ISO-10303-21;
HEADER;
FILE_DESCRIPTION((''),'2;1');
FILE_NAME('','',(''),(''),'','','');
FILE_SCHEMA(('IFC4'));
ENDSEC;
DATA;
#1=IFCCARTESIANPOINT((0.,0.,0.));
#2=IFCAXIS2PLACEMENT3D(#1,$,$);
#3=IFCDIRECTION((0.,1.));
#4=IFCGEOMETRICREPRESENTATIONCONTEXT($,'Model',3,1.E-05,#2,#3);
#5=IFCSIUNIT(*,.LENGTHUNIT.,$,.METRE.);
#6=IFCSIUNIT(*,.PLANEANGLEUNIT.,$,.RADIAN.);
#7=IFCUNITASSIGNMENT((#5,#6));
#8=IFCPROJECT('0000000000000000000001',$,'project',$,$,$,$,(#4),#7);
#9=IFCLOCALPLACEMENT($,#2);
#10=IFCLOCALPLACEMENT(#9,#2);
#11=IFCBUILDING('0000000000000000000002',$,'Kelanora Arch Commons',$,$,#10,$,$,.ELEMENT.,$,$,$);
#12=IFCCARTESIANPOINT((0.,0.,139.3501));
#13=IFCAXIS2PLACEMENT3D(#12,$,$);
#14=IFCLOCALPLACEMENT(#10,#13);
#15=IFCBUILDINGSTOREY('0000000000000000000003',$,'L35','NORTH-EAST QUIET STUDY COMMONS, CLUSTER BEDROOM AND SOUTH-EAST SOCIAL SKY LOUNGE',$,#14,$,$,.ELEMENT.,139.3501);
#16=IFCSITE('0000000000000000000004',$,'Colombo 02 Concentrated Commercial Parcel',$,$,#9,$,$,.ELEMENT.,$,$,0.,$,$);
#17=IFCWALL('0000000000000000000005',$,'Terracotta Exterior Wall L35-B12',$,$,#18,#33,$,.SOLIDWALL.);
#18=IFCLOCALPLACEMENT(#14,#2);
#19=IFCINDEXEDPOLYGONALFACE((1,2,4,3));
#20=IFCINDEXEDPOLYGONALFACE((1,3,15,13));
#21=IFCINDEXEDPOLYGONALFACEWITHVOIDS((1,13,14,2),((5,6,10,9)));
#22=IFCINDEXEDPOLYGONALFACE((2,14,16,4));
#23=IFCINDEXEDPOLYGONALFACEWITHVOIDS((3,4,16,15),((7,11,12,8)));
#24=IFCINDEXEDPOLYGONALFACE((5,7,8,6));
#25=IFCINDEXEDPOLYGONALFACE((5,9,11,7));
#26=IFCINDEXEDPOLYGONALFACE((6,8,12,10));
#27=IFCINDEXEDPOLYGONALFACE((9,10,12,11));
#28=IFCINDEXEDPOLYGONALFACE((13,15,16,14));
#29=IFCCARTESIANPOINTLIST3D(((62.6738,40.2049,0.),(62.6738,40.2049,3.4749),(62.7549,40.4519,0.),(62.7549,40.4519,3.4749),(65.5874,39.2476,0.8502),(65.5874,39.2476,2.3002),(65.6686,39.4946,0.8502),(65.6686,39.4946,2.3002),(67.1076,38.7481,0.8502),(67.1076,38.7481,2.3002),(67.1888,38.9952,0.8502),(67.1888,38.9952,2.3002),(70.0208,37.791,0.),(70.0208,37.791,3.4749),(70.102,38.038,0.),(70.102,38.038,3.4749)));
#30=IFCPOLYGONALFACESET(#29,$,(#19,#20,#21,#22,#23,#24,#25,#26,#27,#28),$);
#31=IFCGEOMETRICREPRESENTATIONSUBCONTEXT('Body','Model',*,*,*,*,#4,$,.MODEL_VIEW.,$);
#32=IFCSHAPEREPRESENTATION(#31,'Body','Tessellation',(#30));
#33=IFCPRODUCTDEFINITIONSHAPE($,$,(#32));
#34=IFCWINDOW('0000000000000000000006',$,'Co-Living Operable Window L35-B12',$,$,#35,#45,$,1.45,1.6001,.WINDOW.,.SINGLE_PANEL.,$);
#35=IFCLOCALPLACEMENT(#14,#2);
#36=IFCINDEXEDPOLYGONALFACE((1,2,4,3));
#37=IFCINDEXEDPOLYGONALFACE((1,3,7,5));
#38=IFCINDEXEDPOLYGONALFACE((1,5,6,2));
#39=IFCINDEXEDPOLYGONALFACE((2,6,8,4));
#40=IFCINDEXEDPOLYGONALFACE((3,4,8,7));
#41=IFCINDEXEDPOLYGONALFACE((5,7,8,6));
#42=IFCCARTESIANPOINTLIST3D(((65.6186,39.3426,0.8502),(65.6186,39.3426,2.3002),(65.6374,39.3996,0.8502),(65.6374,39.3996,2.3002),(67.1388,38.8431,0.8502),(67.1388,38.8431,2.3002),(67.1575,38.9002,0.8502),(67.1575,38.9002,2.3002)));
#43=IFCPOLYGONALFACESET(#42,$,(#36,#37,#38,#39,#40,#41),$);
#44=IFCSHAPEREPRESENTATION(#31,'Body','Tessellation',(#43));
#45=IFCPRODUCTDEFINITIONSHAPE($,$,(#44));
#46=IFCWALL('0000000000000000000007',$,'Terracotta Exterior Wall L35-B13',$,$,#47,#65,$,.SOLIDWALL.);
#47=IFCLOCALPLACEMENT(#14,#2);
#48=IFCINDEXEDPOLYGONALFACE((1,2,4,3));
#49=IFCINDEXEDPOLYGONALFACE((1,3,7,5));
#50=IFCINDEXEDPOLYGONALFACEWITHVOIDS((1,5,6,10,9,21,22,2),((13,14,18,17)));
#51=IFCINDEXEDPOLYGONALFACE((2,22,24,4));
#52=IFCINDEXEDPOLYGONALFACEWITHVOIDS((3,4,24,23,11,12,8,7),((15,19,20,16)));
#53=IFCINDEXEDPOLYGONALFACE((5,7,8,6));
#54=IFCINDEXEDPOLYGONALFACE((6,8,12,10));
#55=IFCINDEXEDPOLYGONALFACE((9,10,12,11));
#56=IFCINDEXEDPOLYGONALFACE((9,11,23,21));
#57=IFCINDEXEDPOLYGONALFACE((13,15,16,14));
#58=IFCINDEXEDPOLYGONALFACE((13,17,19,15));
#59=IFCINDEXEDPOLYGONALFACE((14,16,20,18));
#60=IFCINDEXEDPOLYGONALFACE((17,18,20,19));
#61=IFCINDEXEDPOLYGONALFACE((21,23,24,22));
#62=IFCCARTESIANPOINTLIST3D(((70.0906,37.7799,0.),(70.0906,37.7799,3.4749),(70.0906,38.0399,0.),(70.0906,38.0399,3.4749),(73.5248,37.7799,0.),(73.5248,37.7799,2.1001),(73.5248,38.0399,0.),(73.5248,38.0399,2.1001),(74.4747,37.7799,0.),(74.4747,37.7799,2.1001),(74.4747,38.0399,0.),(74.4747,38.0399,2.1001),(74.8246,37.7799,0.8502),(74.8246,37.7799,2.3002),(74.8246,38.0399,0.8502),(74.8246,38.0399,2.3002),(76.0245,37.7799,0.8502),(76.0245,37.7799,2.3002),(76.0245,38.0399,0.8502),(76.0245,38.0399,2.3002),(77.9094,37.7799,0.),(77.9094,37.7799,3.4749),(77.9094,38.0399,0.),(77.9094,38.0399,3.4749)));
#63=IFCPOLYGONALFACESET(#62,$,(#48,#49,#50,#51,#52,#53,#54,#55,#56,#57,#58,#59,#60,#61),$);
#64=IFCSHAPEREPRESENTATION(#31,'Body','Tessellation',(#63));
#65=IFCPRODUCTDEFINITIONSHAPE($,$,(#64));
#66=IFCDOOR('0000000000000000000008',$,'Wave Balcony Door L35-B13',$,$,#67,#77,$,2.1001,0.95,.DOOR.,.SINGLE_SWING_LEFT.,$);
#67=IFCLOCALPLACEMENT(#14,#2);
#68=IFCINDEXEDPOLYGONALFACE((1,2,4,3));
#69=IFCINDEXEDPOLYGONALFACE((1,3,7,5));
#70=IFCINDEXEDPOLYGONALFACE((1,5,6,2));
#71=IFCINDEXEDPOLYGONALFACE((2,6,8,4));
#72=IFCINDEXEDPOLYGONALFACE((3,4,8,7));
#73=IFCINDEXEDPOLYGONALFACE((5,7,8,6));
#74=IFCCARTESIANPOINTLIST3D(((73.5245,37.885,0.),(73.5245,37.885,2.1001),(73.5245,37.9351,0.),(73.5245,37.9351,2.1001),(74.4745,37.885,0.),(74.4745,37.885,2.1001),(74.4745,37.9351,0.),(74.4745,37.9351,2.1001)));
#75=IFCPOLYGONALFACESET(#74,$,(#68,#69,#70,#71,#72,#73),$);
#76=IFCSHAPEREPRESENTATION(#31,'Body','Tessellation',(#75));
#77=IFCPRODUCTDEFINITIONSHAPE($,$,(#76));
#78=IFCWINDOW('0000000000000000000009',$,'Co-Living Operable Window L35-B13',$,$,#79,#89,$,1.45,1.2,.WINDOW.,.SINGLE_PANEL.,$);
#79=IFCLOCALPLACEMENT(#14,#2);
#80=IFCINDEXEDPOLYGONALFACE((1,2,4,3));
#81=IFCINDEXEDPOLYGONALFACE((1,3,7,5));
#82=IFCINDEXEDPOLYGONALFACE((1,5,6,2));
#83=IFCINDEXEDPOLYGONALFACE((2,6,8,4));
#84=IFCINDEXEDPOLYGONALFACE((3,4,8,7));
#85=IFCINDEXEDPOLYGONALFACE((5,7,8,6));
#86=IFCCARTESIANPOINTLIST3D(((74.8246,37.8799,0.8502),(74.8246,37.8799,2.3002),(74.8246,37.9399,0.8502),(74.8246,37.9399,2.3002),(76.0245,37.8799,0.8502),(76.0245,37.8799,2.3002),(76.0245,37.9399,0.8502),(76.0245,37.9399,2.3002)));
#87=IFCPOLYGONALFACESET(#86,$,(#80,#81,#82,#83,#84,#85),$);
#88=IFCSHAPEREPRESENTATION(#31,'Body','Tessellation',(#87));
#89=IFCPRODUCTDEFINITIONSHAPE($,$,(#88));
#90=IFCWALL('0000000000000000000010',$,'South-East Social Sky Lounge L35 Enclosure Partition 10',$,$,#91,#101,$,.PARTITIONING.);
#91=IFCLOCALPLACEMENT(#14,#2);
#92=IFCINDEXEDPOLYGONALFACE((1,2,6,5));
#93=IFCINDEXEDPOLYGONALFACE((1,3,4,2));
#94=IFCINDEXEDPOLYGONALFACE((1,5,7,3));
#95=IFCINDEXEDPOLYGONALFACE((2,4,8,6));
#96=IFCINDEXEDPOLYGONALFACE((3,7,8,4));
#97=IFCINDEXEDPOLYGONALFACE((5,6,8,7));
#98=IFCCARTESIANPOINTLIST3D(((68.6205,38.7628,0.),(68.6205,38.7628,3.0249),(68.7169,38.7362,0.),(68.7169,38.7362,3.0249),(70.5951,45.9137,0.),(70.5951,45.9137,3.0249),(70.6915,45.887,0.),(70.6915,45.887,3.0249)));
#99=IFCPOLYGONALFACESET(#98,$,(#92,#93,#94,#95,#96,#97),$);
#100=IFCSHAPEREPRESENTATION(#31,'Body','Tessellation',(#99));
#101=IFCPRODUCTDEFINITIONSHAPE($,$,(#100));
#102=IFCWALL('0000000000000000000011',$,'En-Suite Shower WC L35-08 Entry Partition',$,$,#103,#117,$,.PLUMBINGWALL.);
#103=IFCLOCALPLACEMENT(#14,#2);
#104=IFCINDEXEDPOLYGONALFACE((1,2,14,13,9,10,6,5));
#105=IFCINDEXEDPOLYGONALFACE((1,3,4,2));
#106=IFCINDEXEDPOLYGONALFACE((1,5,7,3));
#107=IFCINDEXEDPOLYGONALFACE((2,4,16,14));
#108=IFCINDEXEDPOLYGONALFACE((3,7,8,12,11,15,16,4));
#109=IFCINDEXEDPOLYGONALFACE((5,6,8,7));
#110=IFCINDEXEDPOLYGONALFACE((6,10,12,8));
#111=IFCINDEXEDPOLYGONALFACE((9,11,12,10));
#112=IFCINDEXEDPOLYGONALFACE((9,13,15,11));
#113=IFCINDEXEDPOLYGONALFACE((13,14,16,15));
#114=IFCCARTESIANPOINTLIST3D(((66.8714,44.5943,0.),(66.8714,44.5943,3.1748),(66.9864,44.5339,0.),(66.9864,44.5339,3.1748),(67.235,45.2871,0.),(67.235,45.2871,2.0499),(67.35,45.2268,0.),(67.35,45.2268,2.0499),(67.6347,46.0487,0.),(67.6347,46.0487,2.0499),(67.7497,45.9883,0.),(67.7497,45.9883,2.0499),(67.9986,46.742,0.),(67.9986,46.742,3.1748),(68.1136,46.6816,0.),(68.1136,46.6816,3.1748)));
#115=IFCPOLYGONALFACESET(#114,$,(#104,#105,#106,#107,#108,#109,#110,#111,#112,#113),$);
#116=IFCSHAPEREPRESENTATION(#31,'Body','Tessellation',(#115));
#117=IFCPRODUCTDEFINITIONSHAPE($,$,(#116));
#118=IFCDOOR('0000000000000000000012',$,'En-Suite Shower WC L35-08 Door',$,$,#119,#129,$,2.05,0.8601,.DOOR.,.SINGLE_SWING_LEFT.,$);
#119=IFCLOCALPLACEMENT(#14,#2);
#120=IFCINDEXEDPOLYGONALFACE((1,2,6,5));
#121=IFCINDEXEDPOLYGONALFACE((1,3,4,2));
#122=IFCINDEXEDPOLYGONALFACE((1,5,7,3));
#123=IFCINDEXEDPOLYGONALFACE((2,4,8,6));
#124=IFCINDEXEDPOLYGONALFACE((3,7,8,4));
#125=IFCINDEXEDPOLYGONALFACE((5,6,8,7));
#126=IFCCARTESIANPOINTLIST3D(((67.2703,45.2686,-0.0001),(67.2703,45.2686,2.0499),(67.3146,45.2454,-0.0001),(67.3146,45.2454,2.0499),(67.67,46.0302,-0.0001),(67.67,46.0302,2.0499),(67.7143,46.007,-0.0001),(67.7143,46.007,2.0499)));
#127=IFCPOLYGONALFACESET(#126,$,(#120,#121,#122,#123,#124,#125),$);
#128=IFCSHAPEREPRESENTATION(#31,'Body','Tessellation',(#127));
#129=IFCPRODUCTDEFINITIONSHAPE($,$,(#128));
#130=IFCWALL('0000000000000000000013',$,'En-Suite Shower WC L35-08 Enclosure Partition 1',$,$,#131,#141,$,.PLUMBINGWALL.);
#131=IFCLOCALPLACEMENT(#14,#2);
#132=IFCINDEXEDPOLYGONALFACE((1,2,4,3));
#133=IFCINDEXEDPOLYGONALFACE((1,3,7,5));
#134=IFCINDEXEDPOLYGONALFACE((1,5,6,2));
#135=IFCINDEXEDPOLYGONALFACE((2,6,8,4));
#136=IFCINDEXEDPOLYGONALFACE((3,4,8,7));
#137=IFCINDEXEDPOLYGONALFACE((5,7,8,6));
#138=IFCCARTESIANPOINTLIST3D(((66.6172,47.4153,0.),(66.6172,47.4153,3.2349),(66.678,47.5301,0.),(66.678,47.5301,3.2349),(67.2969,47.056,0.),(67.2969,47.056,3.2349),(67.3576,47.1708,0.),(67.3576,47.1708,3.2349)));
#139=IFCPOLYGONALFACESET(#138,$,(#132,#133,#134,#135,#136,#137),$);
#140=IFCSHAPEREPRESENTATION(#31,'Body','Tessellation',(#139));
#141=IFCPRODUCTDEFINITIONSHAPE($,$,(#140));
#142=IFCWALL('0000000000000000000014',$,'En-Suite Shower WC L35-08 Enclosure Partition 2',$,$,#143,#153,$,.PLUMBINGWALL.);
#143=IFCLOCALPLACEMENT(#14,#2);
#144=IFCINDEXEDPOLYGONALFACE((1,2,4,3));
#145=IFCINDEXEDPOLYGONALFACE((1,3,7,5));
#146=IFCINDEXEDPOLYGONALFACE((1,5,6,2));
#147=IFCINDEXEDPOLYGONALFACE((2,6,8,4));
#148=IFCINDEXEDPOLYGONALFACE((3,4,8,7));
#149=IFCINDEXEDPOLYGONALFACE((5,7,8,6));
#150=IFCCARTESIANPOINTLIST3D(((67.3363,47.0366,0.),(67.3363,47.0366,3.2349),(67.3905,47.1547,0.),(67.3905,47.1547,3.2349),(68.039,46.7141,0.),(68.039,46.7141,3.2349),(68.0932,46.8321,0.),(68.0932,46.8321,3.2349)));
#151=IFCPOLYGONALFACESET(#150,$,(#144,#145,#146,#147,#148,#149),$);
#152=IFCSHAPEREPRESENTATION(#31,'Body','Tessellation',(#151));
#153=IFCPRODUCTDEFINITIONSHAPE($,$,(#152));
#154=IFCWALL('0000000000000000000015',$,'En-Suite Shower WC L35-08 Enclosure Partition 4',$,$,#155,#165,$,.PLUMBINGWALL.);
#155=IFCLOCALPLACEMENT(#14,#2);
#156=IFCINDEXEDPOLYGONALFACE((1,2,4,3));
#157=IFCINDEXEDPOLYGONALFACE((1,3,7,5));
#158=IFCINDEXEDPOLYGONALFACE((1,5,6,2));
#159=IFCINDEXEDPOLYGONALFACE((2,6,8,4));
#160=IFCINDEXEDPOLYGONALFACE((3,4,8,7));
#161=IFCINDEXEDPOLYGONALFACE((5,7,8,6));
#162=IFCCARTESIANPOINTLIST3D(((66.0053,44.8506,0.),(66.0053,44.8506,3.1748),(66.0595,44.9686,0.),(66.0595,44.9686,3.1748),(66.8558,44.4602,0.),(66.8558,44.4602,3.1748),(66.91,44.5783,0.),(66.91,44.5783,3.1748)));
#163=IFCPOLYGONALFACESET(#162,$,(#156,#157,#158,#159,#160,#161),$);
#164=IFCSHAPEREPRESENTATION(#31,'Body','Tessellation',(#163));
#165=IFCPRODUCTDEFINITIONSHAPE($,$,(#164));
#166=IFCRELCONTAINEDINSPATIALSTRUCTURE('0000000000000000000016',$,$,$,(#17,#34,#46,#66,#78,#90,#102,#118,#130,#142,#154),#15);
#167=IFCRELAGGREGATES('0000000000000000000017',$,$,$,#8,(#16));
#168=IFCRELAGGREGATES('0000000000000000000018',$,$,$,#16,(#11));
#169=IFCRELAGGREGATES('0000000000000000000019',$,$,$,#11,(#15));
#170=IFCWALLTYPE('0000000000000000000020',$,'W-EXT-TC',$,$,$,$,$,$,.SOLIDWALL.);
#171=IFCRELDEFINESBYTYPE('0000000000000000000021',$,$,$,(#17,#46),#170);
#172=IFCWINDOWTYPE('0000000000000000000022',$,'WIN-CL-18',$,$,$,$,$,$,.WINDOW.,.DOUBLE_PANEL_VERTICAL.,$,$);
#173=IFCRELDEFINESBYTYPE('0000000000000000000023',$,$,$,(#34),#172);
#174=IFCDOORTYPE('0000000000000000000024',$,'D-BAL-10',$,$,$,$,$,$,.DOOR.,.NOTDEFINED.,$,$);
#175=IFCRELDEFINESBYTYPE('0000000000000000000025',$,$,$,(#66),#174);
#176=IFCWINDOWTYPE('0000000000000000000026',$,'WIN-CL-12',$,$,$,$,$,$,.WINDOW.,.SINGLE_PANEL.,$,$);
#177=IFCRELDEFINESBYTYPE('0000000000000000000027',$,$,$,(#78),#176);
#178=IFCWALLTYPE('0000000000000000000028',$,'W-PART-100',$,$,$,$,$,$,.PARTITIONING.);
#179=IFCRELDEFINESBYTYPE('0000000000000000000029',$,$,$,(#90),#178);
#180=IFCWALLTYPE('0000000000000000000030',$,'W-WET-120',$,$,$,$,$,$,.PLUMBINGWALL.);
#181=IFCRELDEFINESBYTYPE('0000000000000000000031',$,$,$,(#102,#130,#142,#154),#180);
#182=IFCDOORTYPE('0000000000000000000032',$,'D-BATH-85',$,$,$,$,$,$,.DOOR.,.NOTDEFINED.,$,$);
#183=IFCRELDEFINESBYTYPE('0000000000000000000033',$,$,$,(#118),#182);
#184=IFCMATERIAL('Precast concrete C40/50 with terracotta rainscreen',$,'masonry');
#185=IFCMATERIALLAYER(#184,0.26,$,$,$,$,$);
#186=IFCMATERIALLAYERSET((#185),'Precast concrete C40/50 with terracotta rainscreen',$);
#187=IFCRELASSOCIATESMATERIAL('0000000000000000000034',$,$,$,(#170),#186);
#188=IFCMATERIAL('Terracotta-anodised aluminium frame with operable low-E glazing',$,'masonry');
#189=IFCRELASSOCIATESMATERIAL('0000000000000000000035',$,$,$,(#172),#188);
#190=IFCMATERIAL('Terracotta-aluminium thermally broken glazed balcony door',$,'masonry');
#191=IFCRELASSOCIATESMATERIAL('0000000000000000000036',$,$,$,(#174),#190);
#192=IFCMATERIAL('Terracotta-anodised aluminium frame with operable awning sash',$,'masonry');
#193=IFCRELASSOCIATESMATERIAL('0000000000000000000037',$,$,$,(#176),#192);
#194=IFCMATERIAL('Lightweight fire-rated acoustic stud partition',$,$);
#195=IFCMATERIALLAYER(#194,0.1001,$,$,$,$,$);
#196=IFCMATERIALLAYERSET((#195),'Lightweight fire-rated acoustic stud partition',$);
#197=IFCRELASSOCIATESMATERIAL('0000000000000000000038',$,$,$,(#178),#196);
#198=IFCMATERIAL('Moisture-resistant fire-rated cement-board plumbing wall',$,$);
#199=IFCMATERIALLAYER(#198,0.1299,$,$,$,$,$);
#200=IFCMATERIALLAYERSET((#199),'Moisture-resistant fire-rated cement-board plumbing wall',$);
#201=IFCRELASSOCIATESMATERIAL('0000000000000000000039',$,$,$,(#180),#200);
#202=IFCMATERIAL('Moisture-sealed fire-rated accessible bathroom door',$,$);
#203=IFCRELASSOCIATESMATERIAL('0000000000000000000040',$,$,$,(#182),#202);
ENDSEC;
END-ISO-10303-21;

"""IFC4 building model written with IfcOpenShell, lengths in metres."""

from ifc_helpers import new_model, si_unit, direction, frame, frame_2d, origin, place, context, subcontext, project, spatial, rectangle, extrude, material, layer, layer_set, type_object, element, fill, save


model = new_model("IFC4")

# Units and contexts
model_context = context("Model", 3, precision=1e-05, world=origin(), true_north=direction((0.0, 1.0)))
body_context = subcontext(model_context, "Body", "Model", "MODEL_VIEW")
ifc_project = project(units=[si_unit("LENGTHUNIT", "METRE"), si_unit("PLANEANGLEUNIT", "RADIAN")], contexts=[model_context])

# Site, building, storey
site_placement = place(None, origin())
site = spatial("IfcSite", under=ifc_project, at=site_placement, Name="Colombo 02 Concentrated Commercial Parcel", CompositionType="ELEMENT", RefElevation=0.0)
building_placement = place(site_placement, origin())
building = spatial("IfcBuilding", under=site, at=building_placement, Name="Kelanora Arch Commons", CompositionType="ELEMENT")
storey_placement = place(building_placement, frame((0.0, 0.0, 139.3501)))
storey = spatial("IfcBuildingStorey", under=building, at=storey_placement, Name="L35", Description="NORTH-EAST QUIET STUDY COMMONS, CLUSTER BEDROOM AND SOUTH-EAST SOCIAL SKY LOUNGE", CompositionType="ELEMENT", Elevation=139.3501)

# Wall, opening, window
ifc_material_1 = material(Name="Precast concrete C40/50 with terracotta rainscreen", Category="masonry")
ifc_layer_1 = layer(ifc_material_1, 0.26)
ifc_layer_set_1 = layer_set([ifc_layer_1], Name="Precast concrete C40/50 with terracotta rainscreen")
wall_type_1 = type_object("IfcWallType", Name="W-EXT-TC", PredefinedType="SOLIDWALL", material=ifc_layer_set_1)
wall_1_placement = place(storey_placement, frame((62.7144, 40.3284, 0.0), z_axis=(0.0, 0.0, 1.0), x_axis=(0.950038, -0.312133, 0.0)))
wall_1 = element("IfcWall", 1, at=wall_1_placement, inside=storey, type_object=wall_type_1, Name="Terracotta Exterior Wall L35-B12", PredefinedType="SOLIDWALL", context=body_context, shape_type="SweptSolid", body=[
    extrude(rectangle(XDim=7.7334, YDim=0.26, at=frame_2d((3.8667, 0.0))), origin(), (0.0, 0.0, 1.0), 3.4749),
])
opening_1_placement = place(wall_1_placement, frame((3.0669, 0.0, 0.8501)))
opening_1 = element("IfcOpeningElement", 2, at=opening_1_placement, cuts=wall_1, PredefinedType="OPENING", context=body_context, shape_type="SweptSolid", body=[
    extrude(rectangle(XDim=1.6001, YDim=1.45, at=frame_2d((0.8, 0.7251))), frame((0.0, 0.1401, 0.0), z_axis=(0.0, -1.0, 0.0), x_axis=(1.0, 0.0, 0.0)), (0.0, 0.0, 1.0), 0.28),
])
ifc_material_2 = material(Name="Terracotta-anodised aluminium frame with operable low-E glazing", Category="masonry")
window_type_1 = type_object("IfcWindowType", Name="WIN-CL-18", PartitioningType="DOUBLE_PANEL_VERTICAL", PredefinedType="WINDOW", material=ifc_material_2)
window_1_placement = place(opening_1_placement, origin())
window_1 = element("IfcWindow", 3, at=window_1_placement, inside=storey, type_object=window_type_1, Name="Co-Living Operable Window L35-B12", OverallHeight=1.45, OverallWidth=1.6001, PartitioningType="SINGLE_PANEL", PredefinedType="WINDOW", context=body_context, shape_type="SweptSolid", body=[
    extrude(rectangle(XDim=1.6001, YDim=1.45, at=frame_2d((0.8, 0.7251))), frame((0.0, 0.03, 0.0), z_axis=(0.0, -1.0, 0.0), x_axis=(1.0, 0.0, 0.0)), (0.0, 0.0, 1.0), 0.0601),
])
fill(opening_1, window_1)

# Wall, openings, door, window
wall_2_placement = place(storey_placement, frame((70.0906, 37.9099, 0.0), z_axis=(0.0, 0.0, 1.0), x_axis=(1.0, 0.0, 0.0)))
wall_2 = element("IfcWall", 4, at=wall_2_placement, inside=storey, type_object=wall_type_1, Name="Terracotta Exterior Wall L35-B13", PredefinedType="SOLIDWALL", context=body_context, shape_type="SweptSolid", body=[
    extrude(rectangle(XDim=7.8188, YDim=0.26, at=frame_2d((3.9094, 0.0))), origin(), (0.0, 0.0, 1.0), 3.4749),
])
opening_2_placement = place(wall_2_placement, frame((3.4341, 0.0, 0.0)))
opening_2 = element("IfcOpeningElement", 5, at=opening_2_placement, cuts=wall_2, PredefinedType="OPENING", context=body_context, shape_type="SweptSolid", body=[
    extrude(rectangle(XDim=0.95, YDim=2.1001, at=frame_2d((0.4751, 1.05))), frame((0.0, 0.1401, 0.0), z_axis=(0.0, -1.0, 0.0), x_axis=(1.0, 0.0, 0.0)), (0.0, 0.0, 1.0), 0.28),
])
opening_3_placement = place(wall_2_placement, frame((4.7339, 0.0, 0.8501)))
opening_3 = element("IfcOpeningElement", 6, at=opening_3_placement, cuts=wall_2, PredefinedType="OPENING", context=body_context, shape_type="SweptSolid", body=[
    extrude(rectangle(XDim=1.2, YDim=1.45, at=frame_2d((0.6001, 0.7251))), frame((0.0, 0.1401, 0.0), z_axis=(0.0, -1.0, 0.0), x_axis=(1.0, 0.0, 0.0)), (0.0, 0.0, 1.0), 0.28),
])
ifc_material_3 = material(Name="Terracotta-aluminium thermally broken glazed balcony door", Category="masonry")
door_type_1 = type_object("IfcDoorType", Name="D-BAL-10", OperationType="NOTDEFINED", PredefinedType="DOOR", material=ifc_material_3)
door_1_placement = place(opening_2_placement, frame((0.95, 0.0, 0.0), z_axis=(0.0, 0.0, 1.0), x_axis=(-1.0, 0.0, 0.0)))
door_1 = element("IfcDoor", 7, at=door_1_placement, inside=storey, type_object=door_type_1, Name="Wave Balcony Door L35-B13", OperationType="SINGLE_SWING_LEFT", OverallHeight=2.1001, OverallWidth=0.95, PredefinedType="DOOR", context=body_context, shape_type="SweptSolid", body=[
    extrude(rectangle(XDim=0.95, YDim=2.1001, at=frame_2d((0.4751, 1.05))), frame((0.0, 0.0249, 0.0), z_axis=(0.0, -1.0, 0.0), x_axis=(1.0, 0.0, 0.0)), (0.0, 0.0, 1.0), 0.05),
])
fill(opening_2, door_1)
ifc_material_4 = material(Name="Terracotta-anodised aluminium frame with operable awning sash", Category="masonry")
window_type_2 = type_object("IfcWindowType", Name="WIN-CL-12", PartitioningType="SINGLE_PANEL", PredefinedType="WINDOW", material=ifc_material_4)
window_2_placement = place(opening_3_placement, origin())
window_2 = element("IfcWindow", 8, at=window_2_placement, inside=storey, type_object=window_type_2, Name="Co-Living Operable Window L35-B13", OverallHeight=1.45, OverallWidth=1.2, PartitioningType="SINGLE_PANEL", PredefinedType="WINDOW", context=body_context, shape_type="SweptSolid", body=[
    extrude(rectangle(XDim=1.2, YDim=1.45, at=frame_2d((0.6001, 0.7251))), frame((0.0, 0.03, 0.0), z_axis=(0.0, -1.0, 0.0), x_axis=(1.0, 0.0, 0.0)), (0.0, 0.0, 1.0), 0.0601),
])
fill(opening_3, window_2)

# Wall
ifc_material_5 = material(Name="Lightweight fire-rated acoustic stud partition")
ifc_layer_2 = layer(ifc_material_5, 0.1001)
ifc_layer_set_2 = layer_set([ifc_layer_2], Name="Lightweight fire-rated acoustic stud partition")
wall_type_2 = type_object("IfcWallType", Name="W-PART-100", PredefinedType="PARTITIONING", material=ifc_layer_set_2)
wall_3_placement = place(storey_placement, frame((68.6687, 38.7495, 0.0), z_axis=(0.0, 0.0, 1.0), x_axis=(0.266174, 0.963925, 0.0)))
element("IfcWall", 9, at=wall_3_placement, inside=storey, type_object=wall_type_2, Name="South-East Social Sky Lounge L35 Enclosure Partition 10", PredefinedType="PARTITIONING", context=body_context, shape_type="SweptSolid", body=[
    extrude(rectangle(XDim=7.4185, YDim=0.1001, at=frame_2d((3.7092, 0.0))), origin(), (0.0, 0.0, 1.0), 3.0249),
])

# Wall, opening, door
ifc_material_6 = material(Name="Moisture-resistant fire-rated cement-board plumbing wall")
ifc_layer_3 = layer(ifc_material_6, 0.1299)
ifc_layer_set_3 = layer_set([ifc_layer_3], Name="Moisture-resistant fire-rated cement-board plumbing wall")
wall_type_3 = type_object("IfcWallType", Name="W-WET-120", PredefinedType="PLUMBINGWALL", material=ifc_layer_set_3)
wall_4_placement = place(storey_placement, frame((68.0562, 46.7119, 0.0), z_axis=(0.0, 0.0, 1.0), x_axis=(-0.464721, -0.885457, 0.0)))
wall_4 = element("IfcWall", 10, at=wall_4_placement, inside=storey, type_object=wall_type_3, Name="En-Suite Shower WC L35-08 Entry Partition", PredefinedType="PLUMBINGWALL", context=body_context, shape_type="SweptSolid", body=[
    extrude(rectangle(XDim=2.4255, YDim=0.1299, at=frame_2d((1.2129, 0.0))), origin(), (0.0, 0.0, 1.0), 3.1748),
])
opening_4_placement = place(wall_4_placement, frame((0.783, 0.0, 0.0)))
opening_4 = element("IfcOpeningElement", 11, at=opening_4_placement, cuts=wall_4, PredefinedType="OPENING", context=body_context, shape_type="SweptSolid", body=[
    extrude(rectangle(XDim=0.8601, YDim=2.05, at=frame_2d((0.4302, 1.0249))), frame((0.0, 0.075, 0.0), z_axis=(0.0, -1.0, 0.0), x_axis=(1.0, 0.0, 0.0)), (0.0, 0.0, 1.0), 0.1499),
])
ifc_material_7 = material(Name="Moisture-sealed fire-rated accessible bathroom door")
door_type_2 = type_object("IfcDoorType", Name="D-BATH-85", OperationType="NOTDEFINED", PredefinedType="DOOR", material=ifc_material_7)
door_2_placement = place(opening_4_placement, origin())
door_2 = element("IfcDoor", 12, at=door_2_placement, inside=storey, type_object=door_type_2, Name="En-Suite Shower WC L35-08 Door", OperationType="SINGLE_SWING_LEFT", OverallHeight=2.05, OverallWidth=0.8601, PredefinedType="DOOR", context=body_context, shape_type="SweptSolid", body=[
    extrude(rectangle(XDim=0.8601, YDim=2.05, at=frame_2d((0.4302, 1.0249))), frame((0.0, 0.0249, 0.0), z_axis=(0.0, -1.0, 0.0), x_axis=(1.0, 0.0, 0.0)), (0.0, 0.0, 1.0), 0.05),
])
fill(opening_4, door_2)

# Walls
wall_5_placement = place(storey_placement, frame((66.6477, 47.4727, 0.0), z_axis=(0.0, 0.0, 1.0), x_axis=(0.884035, -0.467421, 0.0)))
element("IfcWall", 13, at=wall_5_placement, inside=storey, type_object=wall_type_3, Name="En-Suite Shower WC L35-08 Enclosure Partition 1", PredefinedType="PLUMBINGWALL", context=body_context, shape_type="SweptSolid", body=[
    extrude(rectangle(XDim=0.7688, YDim=0.1299, at=frame_2d((0.3843, 0.0))), origin(), (0.0, 0.0, 1.0), 3.2349),
])
wall_6_placement = place(storey_placement, frame((67.3633, 47.0957, 0.0), z_axis=(0.0, 0.0, 1.0), x_axis=(0.908835, -0.417155, 0.0)))
element("IfcWall", 14, at=wall_6_placement, inside=storey, type_object=wall_type_3, Name="En-Suite Shower WC L35-08 Enclosure Partition 2", PredefinedType="PLUMBINGWALL", context=body_context, shape_type="SweptSolid", body=[
    extrude(rectangle(XDim=0.7732, YDim=0.1299, at=frame_2d((0.3867, 0.0))), origin(), (0.0, 0.0, 1.0), 3.2349),
])
wall_7_placement = place(storey_placement, frame((66.8828, 44.5193, 0.0), z_axis=(0.0, 0.0, 1.0), x_axis=(-0.908851, 0.417122, 0.0)))
element("IfcWall", 15, at=wall_7_placement, inside=storey, type_object=wall_type_3, Name="En-Suite Shower WC L35-08 Enclosure Partition 4", PredefinedType="PLUMBINGWALL", context=body_context, shape_type="SweptSolid", body=[
    extrude(rectangle(XDim=0.9358, YDim=0.1299, at=frame_2d((0.4678, 0.0))), origin(), (0.0, 0.0, 1.0), 3.1748),
])

save(model, "model.ifc")
